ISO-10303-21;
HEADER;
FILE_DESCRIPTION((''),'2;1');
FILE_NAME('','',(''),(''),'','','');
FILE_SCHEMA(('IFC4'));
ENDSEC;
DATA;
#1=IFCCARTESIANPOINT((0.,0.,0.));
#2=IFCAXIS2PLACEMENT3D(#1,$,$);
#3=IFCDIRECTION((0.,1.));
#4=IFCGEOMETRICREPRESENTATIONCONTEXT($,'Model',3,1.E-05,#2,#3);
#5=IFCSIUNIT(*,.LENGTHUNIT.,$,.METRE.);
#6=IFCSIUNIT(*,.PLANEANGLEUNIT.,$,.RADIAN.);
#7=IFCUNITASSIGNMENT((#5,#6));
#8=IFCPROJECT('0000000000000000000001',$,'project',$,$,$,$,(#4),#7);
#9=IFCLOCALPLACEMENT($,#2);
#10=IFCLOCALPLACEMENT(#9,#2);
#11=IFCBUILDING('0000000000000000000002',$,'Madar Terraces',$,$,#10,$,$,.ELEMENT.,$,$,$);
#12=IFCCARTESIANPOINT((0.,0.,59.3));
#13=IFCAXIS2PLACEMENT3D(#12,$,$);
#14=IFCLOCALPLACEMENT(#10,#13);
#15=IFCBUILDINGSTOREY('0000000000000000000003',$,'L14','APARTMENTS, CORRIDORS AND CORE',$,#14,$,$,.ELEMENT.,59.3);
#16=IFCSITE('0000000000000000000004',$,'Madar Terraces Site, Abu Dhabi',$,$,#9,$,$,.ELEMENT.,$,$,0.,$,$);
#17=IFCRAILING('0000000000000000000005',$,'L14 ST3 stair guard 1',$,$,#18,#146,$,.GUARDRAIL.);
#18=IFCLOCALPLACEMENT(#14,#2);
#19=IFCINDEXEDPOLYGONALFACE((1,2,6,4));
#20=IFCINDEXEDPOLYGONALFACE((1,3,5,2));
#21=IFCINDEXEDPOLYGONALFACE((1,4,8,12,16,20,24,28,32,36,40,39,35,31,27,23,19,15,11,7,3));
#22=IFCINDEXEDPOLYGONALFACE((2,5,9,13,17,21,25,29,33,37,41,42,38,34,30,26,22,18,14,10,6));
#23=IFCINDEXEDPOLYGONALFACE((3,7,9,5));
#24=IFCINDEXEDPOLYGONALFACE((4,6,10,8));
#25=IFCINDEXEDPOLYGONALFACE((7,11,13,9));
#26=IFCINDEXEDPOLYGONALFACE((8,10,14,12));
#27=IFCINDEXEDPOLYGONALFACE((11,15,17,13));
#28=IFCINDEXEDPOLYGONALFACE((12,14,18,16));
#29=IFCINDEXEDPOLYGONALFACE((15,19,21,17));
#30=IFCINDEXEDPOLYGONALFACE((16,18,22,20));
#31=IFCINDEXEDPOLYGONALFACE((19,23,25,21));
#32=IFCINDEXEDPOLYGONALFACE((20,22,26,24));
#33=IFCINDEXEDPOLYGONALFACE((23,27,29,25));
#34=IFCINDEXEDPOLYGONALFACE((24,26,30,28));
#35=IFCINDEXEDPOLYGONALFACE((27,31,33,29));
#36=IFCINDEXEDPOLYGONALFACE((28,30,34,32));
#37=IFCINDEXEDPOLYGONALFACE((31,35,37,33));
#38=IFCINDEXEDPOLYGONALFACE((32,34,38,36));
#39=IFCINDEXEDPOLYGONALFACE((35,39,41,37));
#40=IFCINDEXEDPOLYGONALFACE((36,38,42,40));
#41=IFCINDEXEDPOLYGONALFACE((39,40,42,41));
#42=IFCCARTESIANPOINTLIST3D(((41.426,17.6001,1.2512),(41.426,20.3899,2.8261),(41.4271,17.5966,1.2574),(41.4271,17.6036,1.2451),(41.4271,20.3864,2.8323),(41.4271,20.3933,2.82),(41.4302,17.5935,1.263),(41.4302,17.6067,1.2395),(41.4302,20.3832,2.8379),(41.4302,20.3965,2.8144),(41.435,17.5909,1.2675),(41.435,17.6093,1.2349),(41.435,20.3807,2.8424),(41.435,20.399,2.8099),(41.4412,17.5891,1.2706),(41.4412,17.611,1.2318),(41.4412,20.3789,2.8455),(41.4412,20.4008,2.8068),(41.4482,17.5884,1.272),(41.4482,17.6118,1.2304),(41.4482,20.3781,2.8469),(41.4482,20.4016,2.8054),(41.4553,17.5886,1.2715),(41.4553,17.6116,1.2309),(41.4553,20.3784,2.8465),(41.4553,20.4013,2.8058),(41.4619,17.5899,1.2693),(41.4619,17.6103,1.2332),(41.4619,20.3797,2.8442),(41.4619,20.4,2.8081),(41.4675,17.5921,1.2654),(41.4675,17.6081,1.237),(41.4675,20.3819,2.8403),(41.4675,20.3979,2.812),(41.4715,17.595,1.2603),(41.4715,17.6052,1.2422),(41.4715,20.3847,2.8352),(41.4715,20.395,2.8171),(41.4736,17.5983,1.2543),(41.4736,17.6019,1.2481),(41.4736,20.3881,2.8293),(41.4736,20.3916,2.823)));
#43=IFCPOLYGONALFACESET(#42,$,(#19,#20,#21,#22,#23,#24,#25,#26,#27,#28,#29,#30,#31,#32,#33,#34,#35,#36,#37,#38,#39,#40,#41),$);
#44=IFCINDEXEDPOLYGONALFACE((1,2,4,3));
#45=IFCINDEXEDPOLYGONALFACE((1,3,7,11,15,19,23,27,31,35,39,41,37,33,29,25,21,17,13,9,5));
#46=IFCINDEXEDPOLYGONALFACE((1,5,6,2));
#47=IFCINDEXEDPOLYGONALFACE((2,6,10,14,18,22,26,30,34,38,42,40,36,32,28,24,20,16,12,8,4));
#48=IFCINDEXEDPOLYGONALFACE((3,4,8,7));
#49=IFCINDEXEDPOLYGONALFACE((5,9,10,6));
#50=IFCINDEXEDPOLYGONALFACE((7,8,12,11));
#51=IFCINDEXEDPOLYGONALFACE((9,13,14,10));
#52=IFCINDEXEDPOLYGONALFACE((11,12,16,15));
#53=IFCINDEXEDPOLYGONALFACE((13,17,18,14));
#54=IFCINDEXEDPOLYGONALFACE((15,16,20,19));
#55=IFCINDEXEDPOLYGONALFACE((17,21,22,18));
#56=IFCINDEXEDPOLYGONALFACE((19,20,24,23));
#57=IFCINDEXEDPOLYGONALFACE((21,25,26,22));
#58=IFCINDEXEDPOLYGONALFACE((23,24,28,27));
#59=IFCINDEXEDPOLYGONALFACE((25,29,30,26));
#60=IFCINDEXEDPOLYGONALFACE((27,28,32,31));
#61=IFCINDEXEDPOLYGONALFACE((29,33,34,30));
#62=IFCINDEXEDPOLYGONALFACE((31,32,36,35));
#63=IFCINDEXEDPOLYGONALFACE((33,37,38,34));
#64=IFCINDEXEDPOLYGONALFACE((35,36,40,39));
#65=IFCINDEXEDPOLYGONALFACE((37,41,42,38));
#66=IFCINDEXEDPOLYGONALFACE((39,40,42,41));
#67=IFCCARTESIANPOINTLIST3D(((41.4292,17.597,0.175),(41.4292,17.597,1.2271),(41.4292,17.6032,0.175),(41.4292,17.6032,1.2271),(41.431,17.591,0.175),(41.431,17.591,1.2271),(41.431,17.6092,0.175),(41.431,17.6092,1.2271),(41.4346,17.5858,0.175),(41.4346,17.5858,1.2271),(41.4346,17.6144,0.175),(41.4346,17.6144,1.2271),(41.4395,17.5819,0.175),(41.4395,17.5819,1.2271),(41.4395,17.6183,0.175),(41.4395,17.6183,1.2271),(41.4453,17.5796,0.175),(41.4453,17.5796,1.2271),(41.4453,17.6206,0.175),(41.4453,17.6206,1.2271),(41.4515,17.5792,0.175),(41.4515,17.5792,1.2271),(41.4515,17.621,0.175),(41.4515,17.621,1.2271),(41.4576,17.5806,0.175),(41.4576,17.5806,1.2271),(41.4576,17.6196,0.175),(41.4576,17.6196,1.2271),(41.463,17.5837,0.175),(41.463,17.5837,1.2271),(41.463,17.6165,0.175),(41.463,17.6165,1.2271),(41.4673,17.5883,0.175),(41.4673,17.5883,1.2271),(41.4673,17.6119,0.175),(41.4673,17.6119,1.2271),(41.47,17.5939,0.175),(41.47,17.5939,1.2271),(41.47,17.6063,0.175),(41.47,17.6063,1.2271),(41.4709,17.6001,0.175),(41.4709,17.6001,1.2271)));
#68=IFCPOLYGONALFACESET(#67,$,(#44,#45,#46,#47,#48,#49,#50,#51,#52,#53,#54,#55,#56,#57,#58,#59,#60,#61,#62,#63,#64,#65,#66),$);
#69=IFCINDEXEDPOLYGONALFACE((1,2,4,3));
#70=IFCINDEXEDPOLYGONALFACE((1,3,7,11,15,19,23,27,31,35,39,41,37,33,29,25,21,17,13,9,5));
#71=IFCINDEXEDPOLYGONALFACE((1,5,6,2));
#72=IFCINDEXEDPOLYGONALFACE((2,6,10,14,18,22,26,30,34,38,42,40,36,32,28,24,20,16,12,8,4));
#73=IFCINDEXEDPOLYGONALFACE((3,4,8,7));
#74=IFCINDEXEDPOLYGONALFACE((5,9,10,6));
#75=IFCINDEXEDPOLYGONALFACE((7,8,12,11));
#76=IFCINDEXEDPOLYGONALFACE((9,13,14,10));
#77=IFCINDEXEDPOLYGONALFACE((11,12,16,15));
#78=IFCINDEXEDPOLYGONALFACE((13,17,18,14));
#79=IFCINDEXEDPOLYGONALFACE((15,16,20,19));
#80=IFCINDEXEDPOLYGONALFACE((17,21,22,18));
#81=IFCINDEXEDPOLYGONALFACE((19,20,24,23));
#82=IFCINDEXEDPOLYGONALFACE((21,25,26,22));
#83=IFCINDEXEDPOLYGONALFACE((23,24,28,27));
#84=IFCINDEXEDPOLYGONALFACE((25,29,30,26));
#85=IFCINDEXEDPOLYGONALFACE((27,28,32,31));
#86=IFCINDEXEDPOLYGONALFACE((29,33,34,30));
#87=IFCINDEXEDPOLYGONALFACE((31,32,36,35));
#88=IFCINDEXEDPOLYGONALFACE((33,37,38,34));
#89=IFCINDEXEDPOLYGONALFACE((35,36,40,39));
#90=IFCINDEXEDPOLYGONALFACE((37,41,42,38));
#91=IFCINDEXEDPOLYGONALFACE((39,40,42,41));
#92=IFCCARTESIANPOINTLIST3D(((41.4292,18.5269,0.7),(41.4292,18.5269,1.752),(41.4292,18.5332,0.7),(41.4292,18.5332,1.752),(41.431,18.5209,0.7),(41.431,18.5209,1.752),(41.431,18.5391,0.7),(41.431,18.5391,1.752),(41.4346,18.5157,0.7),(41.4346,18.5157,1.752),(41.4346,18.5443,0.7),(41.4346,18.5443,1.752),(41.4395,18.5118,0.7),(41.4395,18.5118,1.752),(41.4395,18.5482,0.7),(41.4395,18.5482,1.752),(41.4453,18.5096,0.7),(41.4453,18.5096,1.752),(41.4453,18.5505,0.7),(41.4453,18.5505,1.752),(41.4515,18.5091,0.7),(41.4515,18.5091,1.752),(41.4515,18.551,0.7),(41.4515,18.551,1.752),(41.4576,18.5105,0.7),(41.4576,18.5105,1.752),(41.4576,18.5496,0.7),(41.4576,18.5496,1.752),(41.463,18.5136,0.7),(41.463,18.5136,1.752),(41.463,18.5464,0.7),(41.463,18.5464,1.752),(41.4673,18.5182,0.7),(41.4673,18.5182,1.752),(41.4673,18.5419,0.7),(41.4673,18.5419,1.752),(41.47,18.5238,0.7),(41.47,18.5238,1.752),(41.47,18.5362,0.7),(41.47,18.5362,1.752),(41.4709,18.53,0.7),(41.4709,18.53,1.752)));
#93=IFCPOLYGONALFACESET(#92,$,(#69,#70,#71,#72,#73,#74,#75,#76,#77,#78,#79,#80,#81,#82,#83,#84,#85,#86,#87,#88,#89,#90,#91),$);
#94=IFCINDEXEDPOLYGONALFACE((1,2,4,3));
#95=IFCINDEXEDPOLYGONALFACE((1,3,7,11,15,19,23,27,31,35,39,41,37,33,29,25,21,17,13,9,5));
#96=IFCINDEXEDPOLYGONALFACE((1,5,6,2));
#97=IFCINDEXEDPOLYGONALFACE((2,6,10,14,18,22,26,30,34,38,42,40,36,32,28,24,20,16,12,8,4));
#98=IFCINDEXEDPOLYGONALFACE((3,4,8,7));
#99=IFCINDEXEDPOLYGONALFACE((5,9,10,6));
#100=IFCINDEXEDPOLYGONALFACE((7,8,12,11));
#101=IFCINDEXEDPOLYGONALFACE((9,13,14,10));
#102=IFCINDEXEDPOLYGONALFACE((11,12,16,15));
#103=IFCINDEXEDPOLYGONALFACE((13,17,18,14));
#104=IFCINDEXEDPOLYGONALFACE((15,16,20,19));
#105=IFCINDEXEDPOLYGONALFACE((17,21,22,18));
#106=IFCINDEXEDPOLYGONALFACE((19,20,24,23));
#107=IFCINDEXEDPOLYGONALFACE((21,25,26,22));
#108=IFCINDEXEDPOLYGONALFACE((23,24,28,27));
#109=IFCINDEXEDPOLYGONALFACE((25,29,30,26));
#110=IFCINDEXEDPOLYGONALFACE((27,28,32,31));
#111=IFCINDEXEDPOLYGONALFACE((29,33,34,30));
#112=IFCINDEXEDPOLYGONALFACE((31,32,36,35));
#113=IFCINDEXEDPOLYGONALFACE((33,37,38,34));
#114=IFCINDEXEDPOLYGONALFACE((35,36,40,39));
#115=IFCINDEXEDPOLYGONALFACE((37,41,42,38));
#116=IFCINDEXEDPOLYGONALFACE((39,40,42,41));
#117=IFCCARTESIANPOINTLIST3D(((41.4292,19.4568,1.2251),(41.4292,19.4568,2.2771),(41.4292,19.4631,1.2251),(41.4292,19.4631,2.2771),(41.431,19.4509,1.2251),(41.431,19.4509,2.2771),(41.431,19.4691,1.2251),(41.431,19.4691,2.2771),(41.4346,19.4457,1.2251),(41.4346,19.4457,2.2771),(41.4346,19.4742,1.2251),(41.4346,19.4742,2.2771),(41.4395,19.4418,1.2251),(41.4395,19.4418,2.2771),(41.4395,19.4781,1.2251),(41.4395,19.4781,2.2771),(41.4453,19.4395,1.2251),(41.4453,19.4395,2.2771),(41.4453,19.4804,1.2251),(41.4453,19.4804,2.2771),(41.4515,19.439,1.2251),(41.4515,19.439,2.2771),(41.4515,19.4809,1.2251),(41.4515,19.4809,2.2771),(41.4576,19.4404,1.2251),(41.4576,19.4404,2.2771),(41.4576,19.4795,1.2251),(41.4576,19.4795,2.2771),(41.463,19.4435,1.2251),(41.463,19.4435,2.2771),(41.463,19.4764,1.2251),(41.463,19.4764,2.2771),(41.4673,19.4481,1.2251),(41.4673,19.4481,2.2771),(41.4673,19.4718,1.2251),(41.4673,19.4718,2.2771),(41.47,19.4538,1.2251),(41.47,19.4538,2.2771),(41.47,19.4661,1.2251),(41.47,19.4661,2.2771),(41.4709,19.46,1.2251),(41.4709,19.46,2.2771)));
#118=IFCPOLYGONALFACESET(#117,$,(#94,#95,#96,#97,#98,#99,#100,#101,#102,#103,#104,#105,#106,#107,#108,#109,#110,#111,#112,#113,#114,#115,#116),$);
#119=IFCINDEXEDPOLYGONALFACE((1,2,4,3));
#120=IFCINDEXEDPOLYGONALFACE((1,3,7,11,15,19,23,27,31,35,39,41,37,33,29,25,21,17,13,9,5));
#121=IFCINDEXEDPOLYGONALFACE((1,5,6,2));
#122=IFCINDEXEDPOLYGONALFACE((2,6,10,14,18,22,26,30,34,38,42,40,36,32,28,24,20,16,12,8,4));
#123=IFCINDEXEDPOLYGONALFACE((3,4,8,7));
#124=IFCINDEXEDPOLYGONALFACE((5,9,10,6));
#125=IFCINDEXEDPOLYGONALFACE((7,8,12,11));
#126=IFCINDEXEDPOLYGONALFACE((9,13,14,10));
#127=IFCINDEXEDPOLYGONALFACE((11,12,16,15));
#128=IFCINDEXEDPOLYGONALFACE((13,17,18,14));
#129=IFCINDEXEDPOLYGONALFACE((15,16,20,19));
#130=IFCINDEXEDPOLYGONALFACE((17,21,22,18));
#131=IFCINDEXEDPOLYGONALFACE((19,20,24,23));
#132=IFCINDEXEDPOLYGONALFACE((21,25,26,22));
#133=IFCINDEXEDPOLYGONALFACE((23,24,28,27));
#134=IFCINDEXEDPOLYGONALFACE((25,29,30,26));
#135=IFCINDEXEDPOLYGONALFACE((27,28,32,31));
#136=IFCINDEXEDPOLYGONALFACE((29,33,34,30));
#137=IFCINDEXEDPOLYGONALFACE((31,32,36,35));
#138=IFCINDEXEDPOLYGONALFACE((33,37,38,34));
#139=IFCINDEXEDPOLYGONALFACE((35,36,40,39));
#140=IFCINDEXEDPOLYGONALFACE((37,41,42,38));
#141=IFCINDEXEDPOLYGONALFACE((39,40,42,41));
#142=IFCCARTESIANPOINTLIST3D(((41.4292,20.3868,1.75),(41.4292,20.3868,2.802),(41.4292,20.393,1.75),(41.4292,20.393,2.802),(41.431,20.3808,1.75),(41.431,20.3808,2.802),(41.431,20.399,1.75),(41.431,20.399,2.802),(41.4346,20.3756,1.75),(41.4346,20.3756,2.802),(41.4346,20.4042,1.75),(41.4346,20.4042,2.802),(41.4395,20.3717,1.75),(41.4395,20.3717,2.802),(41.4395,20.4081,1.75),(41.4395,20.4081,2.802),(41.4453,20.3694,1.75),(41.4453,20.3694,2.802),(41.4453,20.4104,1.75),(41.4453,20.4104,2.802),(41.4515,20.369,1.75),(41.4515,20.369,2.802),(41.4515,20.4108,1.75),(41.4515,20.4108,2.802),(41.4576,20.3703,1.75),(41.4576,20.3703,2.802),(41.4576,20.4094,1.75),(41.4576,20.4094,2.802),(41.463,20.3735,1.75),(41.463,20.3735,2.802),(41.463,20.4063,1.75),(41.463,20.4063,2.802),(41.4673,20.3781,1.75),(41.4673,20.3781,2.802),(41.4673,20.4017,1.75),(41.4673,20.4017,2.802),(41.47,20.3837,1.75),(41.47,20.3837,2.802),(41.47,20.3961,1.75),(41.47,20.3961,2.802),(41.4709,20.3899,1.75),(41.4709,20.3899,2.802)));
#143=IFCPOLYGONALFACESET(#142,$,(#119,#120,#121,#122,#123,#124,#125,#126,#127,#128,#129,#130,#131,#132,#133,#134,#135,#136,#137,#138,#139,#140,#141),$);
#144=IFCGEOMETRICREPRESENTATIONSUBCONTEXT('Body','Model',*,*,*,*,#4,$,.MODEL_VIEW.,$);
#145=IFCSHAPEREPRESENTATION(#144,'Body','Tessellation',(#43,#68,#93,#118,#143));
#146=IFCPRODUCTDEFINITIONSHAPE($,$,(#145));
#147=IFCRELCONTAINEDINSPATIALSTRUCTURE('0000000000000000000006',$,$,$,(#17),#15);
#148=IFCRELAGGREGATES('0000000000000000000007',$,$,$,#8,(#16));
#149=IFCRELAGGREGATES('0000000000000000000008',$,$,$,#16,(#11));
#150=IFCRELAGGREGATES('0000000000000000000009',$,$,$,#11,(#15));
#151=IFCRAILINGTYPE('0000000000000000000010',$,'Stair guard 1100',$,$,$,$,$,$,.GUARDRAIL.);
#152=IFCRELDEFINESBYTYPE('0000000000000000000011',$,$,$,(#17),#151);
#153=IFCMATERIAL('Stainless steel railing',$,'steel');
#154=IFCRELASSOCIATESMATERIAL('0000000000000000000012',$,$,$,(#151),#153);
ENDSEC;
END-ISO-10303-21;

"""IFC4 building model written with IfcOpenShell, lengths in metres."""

from ifc_helpers import new_model, si_unit, direction, frame, origin, origin_2d, place, context, subcontext, project, spatial, circle, extrude, material, type_object, element, save


model = new_model("IFC4")

# Units and contexts
model_context = context("Model", 3, precision=1e-05, world=origin(), true_north=direction((0.0, 1.0)))
body_context = subcontext(model_context, "Body", "Model", "MODEL_VIEW")
ifc_project = project(units=[si_unit("LENGTHUNIT", "METRE"), si_unit("PLANEANGLEUNIT", "RADIAN")], contexts=[model_context])

# Site, building, storey
site_placement = place(None, origin())
site = spatial("IfcSite", under=ifc_project, at=site_placement, Name="Madar Terraces Site, Abu Dhabi", CompositionType="ELEMENT", RefElevation=0.0)
building_placement = place(site_placement, origin())
building = spatial("IfcBuilding", under=site, at=building_placement, Name="Madar Terraces", CompositionType="ELEMENT")
storey_placement = place(building_placement, frame((0.0, 0.0, 59.3)))
storey = spatial("IfcBuildingStorey", under=building, at=storey_placement, Name="L14", Description="APARTMENTS, CORRIDORS AND CORE", CompositionType="ELEMENT", Elevation=59.3)

# Railing
ifc_material_1 = material(Name="Stainless steel railing", Category="steel")
railing_type_1 = type_object("IfcRailingType", Name="Stair guard 1100", PredefinedType="GUARDRAIL", material=ifc_material_1)
railing_1_placement = place(storey_placement, frame((41.45, 17.6001, 0.175)))
element("IfcRailing", 1, at=railing_1_placement, inside=storey, type_object=railing_type_1, Name="L14 ST3 stair guard 1", PredefinedType="GUARDRAIL", context=body_context, shape_type="SweptSolid", body=[
    extrude(circle(Radius=0.0239, at=origin_2d()), frame((0.0, 0.0, 1.0762), z_axis=(0.0, 0.870815, 0.49161), x_axis=(-1.0, 0.0, 0.0)), (0.0, 0.0, 1.0), 3.2036),
    extrude(circle(Radius=0.021, at=origin_2d()), origin(), (0.0, 0.0, 1.0), 1.052),
    extrude(circle(Radius=0.021, at=origin_2d()), frame((0.0, 0.9299, 0.5249)), (0.0, 0.0, 1.0), 1.052),
    extrude(circle(Radius=0.021, at=origin_2d()), frame((0.0, 1.8599, 1.05)), (0.0, 0.0, 1.0), 1.052),
    extrude(circle(Radius=0.021, at=origin_2d()), frame((0.0, 2.7898, 1.575)), (0.0, 0.0, 1.0), 1.052),
])

save(model, "model.ifc")
